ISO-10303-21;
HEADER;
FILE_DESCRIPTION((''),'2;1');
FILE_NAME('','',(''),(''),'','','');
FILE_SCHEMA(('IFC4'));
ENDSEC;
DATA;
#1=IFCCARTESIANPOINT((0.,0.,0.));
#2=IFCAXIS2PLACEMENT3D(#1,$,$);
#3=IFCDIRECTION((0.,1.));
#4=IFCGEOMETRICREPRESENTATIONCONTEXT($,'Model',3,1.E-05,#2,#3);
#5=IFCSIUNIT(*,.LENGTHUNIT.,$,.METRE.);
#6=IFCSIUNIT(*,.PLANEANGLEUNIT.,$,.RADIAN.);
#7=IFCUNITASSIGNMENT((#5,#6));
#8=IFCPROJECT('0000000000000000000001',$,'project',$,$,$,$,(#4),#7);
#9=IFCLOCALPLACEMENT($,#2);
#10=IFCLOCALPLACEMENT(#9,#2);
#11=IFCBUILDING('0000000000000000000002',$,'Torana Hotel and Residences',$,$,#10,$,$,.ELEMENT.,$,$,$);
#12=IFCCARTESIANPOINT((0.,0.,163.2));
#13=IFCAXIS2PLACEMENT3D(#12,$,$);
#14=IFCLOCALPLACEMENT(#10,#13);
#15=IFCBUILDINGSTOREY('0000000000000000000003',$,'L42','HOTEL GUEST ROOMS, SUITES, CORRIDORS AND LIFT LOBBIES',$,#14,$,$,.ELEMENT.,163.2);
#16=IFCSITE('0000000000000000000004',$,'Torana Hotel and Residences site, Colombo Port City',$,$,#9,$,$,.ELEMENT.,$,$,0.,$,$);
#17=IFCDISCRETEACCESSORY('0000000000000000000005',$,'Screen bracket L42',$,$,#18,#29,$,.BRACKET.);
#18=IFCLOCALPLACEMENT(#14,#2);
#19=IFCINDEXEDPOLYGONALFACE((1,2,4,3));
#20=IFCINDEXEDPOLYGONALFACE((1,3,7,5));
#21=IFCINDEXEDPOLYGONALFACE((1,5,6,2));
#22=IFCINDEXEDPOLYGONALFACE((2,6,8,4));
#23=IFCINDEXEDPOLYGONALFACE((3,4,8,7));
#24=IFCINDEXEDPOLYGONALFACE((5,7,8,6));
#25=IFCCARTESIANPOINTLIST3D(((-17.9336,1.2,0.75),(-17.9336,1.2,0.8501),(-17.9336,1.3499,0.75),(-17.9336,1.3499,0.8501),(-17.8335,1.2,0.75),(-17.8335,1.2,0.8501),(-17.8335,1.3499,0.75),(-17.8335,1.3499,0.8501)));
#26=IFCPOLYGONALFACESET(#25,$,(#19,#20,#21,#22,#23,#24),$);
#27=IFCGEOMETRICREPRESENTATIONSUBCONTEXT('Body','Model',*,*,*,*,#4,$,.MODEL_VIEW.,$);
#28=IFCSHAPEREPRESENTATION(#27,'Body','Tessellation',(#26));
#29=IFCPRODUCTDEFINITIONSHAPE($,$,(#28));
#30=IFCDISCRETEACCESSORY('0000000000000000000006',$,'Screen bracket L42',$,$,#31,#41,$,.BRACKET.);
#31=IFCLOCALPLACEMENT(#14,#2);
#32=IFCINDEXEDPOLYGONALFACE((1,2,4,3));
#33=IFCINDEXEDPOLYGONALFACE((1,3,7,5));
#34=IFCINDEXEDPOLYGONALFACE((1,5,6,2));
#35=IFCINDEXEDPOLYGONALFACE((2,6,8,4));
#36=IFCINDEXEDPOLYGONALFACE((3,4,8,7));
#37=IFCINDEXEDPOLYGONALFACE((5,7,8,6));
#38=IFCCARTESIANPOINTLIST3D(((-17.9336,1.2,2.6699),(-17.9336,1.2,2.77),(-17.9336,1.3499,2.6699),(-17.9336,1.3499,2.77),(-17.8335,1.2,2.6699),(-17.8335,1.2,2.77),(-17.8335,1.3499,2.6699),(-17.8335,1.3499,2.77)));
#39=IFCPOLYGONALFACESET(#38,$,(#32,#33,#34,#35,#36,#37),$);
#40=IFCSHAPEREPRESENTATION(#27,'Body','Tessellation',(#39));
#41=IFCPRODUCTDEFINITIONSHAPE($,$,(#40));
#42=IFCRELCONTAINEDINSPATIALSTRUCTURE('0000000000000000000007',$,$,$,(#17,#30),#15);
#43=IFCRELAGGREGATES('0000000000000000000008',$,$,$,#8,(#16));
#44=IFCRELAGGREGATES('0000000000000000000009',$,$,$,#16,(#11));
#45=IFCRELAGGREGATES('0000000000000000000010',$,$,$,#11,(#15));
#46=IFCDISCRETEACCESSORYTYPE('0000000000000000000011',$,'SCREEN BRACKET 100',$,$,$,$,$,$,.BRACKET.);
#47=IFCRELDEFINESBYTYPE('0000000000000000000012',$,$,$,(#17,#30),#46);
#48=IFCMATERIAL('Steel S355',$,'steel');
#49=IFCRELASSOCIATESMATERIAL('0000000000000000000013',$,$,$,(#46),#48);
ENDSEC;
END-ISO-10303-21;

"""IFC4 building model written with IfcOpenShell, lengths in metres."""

from ifc_helpers import new_model, si_unit, direction, frame, origin, origin_2d, place, context, subcontext, project, spatial, rectangle, extrude, material, type_object, element, save


model = new_model("IFC4")

# Units and contexts
model_context = context("Model", 3, precision=1e-05, world=origin(), true_north=direction((0.0, 1.0)))
body_context = subcontext(model_context, "Body", "Model", "MODEL_VIEW")
ifc_project = project(units=[si_unit("LENGTHUNIT", "METRE"), si_unit("PLANEANGLEUNIT", "RADIAN")], contexts=[model_context])

# Site, building, storey
site_placement = place(None, origin())
site = spatial("IfcSite", under=ifc_project, at=site_placement, Name="Torana Hotel and Residences site, Colombo Port City", CompositionType="ELEMENT", RefElevation=0.0)
building_placement = place(site_placement, origin())
building = spatial("IfcBuilding", under=site, at=building_placement, Name="Torana Hotel and Residences", CompositionType="ELEMENT")
storey_placement = place(building_placement, frame((0.0, 0.0, 163.2)))
storey = spatial("IfcBuildingStorey", under=building, at=storey_placement, Name="L42", Description="HOTEL GUEST ROOMS, SUITES, CORRIDORS AND LIFT LOBBIES", CompositionType="ELEMENT", Elevation=163.2)

# Discrete accessories
ifc_material_1 = material(Name="Steel S355", Category="steel")
discrete_accessory_type = type_object("IfcDiscreteAccessoryType", Name="SCREEN BRACKET 100", PredefinedType="BRACKET", material=ifc_material_1)
for number, where, z_axis, x_axis, name in (
    (1, (-17.8835, 1.2749, 0.75), (0.0, 0.0, 1.0), (-1.0, 0.0, 0.0), "Screen bracket L42"),
    (2, (-17.8835, 1.2749, 2.6699), (0.0, 0.0, 1.0), (-1.0, 0.0, 0.0), "Screen bracket L42"),
):
    element("IfcDiscreteAccessory", number, at=place(storey_placement, frame(where, z_axis=z_axis, x_axis=x_axis)), inside=storey, type_object=discrete_accessory_type, Name=name, PredefinedType="BRACKET", context=body_context, shape_type="SweptSolid", body=[
        extrude(rectangle(XDim=0.1001, YDim=0.1499, at=origin_2d()), origin(), (0.0, 0.0, 1.0), 0.1001),
    ])

save(model, "model.ifc")
